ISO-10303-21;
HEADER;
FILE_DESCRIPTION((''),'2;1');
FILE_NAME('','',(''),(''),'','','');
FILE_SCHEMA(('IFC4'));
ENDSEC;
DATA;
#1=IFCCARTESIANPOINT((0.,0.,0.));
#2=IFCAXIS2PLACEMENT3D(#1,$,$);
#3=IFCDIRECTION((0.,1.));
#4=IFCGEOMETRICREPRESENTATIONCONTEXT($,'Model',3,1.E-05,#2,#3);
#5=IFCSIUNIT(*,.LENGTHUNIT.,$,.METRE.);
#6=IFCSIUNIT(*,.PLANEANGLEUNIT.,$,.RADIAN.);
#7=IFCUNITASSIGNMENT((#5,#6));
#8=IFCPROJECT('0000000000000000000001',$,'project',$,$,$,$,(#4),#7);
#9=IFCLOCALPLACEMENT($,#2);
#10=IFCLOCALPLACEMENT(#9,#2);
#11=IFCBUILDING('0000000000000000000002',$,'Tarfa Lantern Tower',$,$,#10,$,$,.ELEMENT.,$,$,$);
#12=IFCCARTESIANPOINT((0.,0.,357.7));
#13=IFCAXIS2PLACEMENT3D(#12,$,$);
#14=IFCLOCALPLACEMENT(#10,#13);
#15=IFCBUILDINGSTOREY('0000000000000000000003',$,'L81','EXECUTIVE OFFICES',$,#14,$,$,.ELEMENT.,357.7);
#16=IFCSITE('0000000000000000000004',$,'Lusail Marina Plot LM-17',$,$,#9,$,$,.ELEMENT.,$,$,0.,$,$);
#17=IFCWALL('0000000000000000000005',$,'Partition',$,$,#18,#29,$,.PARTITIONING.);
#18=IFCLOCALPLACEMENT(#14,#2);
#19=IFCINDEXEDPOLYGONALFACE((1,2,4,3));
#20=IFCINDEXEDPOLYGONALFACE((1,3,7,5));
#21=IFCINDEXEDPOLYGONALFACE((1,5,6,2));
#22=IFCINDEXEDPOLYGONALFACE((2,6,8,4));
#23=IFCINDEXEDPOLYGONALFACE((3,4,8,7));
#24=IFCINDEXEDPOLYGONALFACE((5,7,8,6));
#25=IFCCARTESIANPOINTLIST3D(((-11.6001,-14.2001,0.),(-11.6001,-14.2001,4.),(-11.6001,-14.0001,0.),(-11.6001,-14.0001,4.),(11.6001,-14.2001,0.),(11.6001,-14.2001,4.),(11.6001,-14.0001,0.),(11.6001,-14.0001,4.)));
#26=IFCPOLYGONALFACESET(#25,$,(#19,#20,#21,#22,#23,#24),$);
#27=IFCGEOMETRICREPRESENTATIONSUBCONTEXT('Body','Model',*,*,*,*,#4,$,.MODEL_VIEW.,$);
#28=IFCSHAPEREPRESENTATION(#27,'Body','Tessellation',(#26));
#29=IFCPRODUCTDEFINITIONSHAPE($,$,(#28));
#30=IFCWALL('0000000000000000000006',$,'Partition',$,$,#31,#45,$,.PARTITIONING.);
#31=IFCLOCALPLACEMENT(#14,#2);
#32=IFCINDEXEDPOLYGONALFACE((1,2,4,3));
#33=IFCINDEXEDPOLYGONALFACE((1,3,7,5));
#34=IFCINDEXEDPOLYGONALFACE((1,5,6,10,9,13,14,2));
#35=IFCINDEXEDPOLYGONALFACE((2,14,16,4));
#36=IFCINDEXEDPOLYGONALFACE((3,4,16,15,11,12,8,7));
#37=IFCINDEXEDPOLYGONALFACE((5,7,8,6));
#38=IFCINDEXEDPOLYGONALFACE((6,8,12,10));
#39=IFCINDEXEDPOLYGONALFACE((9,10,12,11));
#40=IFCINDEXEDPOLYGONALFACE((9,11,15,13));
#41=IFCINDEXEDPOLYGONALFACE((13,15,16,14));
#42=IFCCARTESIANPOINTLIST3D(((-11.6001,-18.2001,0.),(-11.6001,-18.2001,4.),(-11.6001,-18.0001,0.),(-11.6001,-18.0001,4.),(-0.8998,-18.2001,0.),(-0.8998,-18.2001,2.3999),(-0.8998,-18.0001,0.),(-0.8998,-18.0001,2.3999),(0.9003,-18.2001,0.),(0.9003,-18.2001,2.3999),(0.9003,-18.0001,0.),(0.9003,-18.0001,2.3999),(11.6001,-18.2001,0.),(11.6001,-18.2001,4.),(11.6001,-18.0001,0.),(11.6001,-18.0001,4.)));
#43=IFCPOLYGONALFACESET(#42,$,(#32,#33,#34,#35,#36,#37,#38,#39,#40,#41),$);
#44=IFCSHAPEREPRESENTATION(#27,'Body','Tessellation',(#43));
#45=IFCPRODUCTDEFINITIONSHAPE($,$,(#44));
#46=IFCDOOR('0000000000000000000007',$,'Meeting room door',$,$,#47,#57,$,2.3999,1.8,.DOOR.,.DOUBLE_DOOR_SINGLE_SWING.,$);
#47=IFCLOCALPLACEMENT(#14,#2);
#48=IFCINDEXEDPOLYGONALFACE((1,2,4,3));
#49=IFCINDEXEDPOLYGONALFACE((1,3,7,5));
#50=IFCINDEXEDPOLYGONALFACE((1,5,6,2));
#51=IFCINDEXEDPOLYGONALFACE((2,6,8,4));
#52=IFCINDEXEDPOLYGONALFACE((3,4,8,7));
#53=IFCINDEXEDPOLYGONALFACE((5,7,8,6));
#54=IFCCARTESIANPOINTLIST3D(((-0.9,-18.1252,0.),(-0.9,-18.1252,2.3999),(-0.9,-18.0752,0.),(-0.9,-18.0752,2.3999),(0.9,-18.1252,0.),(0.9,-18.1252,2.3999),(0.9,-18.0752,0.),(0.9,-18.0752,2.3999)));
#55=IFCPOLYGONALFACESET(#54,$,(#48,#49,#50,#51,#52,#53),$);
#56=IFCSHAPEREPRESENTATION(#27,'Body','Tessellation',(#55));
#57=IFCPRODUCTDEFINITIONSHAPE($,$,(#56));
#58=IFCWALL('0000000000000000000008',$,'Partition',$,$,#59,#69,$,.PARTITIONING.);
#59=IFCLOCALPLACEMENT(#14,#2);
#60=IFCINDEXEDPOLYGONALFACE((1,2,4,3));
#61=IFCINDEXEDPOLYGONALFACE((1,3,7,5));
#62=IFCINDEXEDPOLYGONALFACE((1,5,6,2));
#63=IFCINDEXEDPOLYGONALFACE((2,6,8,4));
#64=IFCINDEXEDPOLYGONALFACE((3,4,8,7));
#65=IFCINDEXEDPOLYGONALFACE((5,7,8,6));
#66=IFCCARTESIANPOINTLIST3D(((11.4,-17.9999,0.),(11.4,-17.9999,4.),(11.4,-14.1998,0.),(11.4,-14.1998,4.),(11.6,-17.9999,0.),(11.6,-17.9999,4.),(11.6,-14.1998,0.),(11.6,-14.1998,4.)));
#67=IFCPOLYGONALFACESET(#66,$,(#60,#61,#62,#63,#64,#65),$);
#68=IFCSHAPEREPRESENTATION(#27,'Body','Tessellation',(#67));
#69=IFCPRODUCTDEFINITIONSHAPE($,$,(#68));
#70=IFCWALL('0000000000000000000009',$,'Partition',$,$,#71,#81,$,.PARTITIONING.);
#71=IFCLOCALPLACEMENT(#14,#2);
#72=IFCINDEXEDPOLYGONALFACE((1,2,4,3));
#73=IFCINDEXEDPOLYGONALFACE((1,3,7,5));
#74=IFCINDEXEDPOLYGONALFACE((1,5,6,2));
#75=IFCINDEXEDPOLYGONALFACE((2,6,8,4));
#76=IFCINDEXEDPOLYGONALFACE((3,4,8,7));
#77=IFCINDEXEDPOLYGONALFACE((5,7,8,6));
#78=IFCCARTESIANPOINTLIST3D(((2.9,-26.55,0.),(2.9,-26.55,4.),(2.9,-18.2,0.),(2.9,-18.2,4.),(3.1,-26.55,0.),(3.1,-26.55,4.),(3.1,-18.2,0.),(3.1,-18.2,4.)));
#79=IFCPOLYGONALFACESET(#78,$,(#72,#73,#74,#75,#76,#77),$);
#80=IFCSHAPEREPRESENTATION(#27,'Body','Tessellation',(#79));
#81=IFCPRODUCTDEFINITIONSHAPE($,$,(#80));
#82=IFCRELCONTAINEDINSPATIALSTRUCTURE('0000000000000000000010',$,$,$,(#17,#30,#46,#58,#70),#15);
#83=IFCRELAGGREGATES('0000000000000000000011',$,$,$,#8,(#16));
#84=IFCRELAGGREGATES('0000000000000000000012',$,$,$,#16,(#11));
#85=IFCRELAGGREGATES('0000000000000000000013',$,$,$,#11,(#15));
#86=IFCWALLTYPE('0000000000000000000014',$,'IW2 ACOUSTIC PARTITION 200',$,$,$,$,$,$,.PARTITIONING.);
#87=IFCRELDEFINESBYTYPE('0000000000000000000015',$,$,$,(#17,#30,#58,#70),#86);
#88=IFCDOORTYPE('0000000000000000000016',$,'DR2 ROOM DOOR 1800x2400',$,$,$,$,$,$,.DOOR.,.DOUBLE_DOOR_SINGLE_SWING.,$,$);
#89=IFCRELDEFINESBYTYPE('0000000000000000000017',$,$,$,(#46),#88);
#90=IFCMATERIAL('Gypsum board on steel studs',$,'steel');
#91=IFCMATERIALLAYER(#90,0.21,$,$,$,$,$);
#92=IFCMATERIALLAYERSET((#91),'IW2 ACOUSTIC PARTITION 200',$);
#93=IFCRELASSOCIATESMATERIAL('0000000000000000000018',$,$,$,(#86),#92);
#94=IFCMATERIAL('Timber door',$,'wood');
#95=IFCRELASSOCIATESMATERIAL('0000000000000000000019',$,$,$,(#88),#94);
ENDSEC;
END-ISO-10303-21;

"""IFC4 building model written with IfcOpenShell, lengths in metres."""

from ifc_helpers import new_model, si_unit, direction, frame, frame_2d, origin, place, context, subcontext, project, spatial, rectangle, extrude, material, layer, layer_set, type_object, element, fill, save


model = new_model("IFC4")

# Units and contexts
model_context = context("Model", 3, precision=1e-05, world=origin(), true_north=direction((0.0, 1.0)))
body_context = subcontext(model_context, "Body", "Model", "MODEL_VIEW")
ifc_project = project(units=[si_unit("LENGTHUNIT", "METRE"), si_unit("PLANEANGLEUNIT", "RADIAN")], contexts=[model_context])

# Site, building, storey
site_placement = place(None, origin())
site = spatial("IfcSite", under=ifc_project, at=site_placement, Name="Lusail Marina Plot LM-17", CompositionType="ELEMENT", RefElevation=0.0)
building_placement = place(site_placement, origin())
building = spatial("IfcBuilding", under=site, at=building_placement, Name="Tarfa Lantern Tower", CompositionType="ELEMENT")
storey_placement = place(building_placement, frame((0.0, 0.0, 357.7)))
storey = spatial("IfcBuildingStorey", under=building, at=storey_placement, Name="L81", Description="EXECUTIVE OFFICES", CompositionType="ELEMENT", Elevation=357.7)

# Wall
ifc_material_1 = material(Name="Gypsum board on steel studs", Category="steel")
ifc_layer_1 = layer(ifc_material_1, 0.21)
ifc_layer_set_1 = layer_set([ifc_layer_1], Name="IW2 ACOUSTIC PARTITION 200")
wall_type = type_object("IfcWallType", Name="IW2 ACOUSTIC PARTITION 200", PredefinedType="PARTITIONING", material=ifc_layer_set_1)
wall_1_placement = place(storey_placement, frame((11.6001, -14.1001, 0.0), z_axis=(0.0, 0.0, 1.0), x_axis=(-1.0, 0.0, 0.0)))
element("IfcWall", 1, at=wall_1_placement, inside=storey, type_object=wall_type, Name="Partition", PredefinedType="PARTITIONING", context=body_context, shape_type="SweptSolid", body=[
    extrude(rectangle(XDim=23.2002, YDim=0.2, at=frame_2d((11.6001, 0.0))), origin(), (0.0, 0.0, 1.0), 4.0),
])

# Wall, opening, door
wall_2_placement = place(storey_placement, frame((11.6001, -18.1001, 0.0), z_axis=(0.0, 0.0, 1.0), x_axis=(-1.0, 0.0, 0.0)))
wall_2 = element("IfcWall", 2, at=wall_2_placement, inside=storey, type_object=wall_type, Name="Partition", PredefinedType="PARTITIONING", context=body_context, shape_type="SweptSolid", body=[
    extrude(rectangle(XDim=23.2002, YDim=0.2, at=frame_2d((11.6001, 0.0))), origin(), (0.0, 0.0, 1.0), 4.0),
])
opening_placement = place(wall_2_placement, frame((10.7, 0.0, 0.0)))
opening = element("IfcOpeningElement", 3, at=opening_placement, cuts=wall_2, PredefinedType="OPENING", context=body_context, shape_type="SweptSolid", body=[
    extrude(rectangle(XDim=1.8, YDim=2.3999, at=frame_2d((0.8999, 1.2))), frame((0.0, 0.1099, 0.0), z_axis=(0.0, -1.0, 0.0), x_axis=(1.0, 0.0, 0.0)), (0.0, 0.0, 1.0), 0.22),
])
ifc_material_2 = material(Name="Timber door", Category="wood")
door_type = type_object("IfcDoorType", Name="DR2 ROOM DOOR 1800x2400", OperationType="DOUBLE_DOOR_SINGLE_SWING", PredefinedType="DOOR", material=ifc_material_2)
door_placement = place(opening_placement, frame((1.8, 0.0, 0.0), z_axis=(0.0, 0.0, 1.0), x_axis=(-1.0, 0.0, 0.0)))
door = element("IfcDoor", 4, at=door_placement, inside=storey, type_object=door_type, Name="Meeting room door", OperationType="DOUBLE_DOOR_SINGLE_SWING", OverallHeight=2.3999, OverallWidth=1.8, PredefinedType="DOOR", context=body_context, shape_type="SweptSolid", body=[
    extrude(rectangle(XDim=1.8, YDim=2.3999, at=frame_2d((0.8999, 1.2))), frame((0.0, 0.0249, 0.0), z_axis=(0.0, -1.0, 0.0), x_axis=(1.0, 0.0, 0.0)), (0.0, 0.0, 1.0), 0.05),
])
fill(opening, door)

# Walls
wall_3_placement = place(storey_placement, frame((11.5, -14.2, 0.0), z_axis=(0.0, 0.0, 1.0), x_axis=(0.0, -1.0, 0.0)))
element("IfcWall", 5, at=wall_3_placement, inside=storey, type_object=wall_type, Name="Partition", PredefinedType="PARTITIONING", context=body_context, shape_type="SweptSolid", body=[
    extrude(rectangle(XDim=3.8, YDim=0.2, at=frame_2d((1.8999, 0.0))), origin(), (0.0, 0.0, 1.0), 4.0),
])
wall_4_placement = place(storey_placement, frame((3.0, -18.2, 0.0), z_axis=(0.0, 0.0, 1.0), x_axis=(0.0, -1.0, 0.0)))
element("IfcWall", 6, at=wall_4_placement, inside=storey, type_object=wall_type, Name="Partition", PredefinedType="PARTITIONING", context=body_context, shape_type="SweptSolid", body=[
    extrude(rectangle(XDim=8.3501, YDim=0.2, at=frame_2d((4.175, 0.0))), origin(), (0.0, 0.0, 1.0), 4.0),
])

save(model, "model.ifc")
